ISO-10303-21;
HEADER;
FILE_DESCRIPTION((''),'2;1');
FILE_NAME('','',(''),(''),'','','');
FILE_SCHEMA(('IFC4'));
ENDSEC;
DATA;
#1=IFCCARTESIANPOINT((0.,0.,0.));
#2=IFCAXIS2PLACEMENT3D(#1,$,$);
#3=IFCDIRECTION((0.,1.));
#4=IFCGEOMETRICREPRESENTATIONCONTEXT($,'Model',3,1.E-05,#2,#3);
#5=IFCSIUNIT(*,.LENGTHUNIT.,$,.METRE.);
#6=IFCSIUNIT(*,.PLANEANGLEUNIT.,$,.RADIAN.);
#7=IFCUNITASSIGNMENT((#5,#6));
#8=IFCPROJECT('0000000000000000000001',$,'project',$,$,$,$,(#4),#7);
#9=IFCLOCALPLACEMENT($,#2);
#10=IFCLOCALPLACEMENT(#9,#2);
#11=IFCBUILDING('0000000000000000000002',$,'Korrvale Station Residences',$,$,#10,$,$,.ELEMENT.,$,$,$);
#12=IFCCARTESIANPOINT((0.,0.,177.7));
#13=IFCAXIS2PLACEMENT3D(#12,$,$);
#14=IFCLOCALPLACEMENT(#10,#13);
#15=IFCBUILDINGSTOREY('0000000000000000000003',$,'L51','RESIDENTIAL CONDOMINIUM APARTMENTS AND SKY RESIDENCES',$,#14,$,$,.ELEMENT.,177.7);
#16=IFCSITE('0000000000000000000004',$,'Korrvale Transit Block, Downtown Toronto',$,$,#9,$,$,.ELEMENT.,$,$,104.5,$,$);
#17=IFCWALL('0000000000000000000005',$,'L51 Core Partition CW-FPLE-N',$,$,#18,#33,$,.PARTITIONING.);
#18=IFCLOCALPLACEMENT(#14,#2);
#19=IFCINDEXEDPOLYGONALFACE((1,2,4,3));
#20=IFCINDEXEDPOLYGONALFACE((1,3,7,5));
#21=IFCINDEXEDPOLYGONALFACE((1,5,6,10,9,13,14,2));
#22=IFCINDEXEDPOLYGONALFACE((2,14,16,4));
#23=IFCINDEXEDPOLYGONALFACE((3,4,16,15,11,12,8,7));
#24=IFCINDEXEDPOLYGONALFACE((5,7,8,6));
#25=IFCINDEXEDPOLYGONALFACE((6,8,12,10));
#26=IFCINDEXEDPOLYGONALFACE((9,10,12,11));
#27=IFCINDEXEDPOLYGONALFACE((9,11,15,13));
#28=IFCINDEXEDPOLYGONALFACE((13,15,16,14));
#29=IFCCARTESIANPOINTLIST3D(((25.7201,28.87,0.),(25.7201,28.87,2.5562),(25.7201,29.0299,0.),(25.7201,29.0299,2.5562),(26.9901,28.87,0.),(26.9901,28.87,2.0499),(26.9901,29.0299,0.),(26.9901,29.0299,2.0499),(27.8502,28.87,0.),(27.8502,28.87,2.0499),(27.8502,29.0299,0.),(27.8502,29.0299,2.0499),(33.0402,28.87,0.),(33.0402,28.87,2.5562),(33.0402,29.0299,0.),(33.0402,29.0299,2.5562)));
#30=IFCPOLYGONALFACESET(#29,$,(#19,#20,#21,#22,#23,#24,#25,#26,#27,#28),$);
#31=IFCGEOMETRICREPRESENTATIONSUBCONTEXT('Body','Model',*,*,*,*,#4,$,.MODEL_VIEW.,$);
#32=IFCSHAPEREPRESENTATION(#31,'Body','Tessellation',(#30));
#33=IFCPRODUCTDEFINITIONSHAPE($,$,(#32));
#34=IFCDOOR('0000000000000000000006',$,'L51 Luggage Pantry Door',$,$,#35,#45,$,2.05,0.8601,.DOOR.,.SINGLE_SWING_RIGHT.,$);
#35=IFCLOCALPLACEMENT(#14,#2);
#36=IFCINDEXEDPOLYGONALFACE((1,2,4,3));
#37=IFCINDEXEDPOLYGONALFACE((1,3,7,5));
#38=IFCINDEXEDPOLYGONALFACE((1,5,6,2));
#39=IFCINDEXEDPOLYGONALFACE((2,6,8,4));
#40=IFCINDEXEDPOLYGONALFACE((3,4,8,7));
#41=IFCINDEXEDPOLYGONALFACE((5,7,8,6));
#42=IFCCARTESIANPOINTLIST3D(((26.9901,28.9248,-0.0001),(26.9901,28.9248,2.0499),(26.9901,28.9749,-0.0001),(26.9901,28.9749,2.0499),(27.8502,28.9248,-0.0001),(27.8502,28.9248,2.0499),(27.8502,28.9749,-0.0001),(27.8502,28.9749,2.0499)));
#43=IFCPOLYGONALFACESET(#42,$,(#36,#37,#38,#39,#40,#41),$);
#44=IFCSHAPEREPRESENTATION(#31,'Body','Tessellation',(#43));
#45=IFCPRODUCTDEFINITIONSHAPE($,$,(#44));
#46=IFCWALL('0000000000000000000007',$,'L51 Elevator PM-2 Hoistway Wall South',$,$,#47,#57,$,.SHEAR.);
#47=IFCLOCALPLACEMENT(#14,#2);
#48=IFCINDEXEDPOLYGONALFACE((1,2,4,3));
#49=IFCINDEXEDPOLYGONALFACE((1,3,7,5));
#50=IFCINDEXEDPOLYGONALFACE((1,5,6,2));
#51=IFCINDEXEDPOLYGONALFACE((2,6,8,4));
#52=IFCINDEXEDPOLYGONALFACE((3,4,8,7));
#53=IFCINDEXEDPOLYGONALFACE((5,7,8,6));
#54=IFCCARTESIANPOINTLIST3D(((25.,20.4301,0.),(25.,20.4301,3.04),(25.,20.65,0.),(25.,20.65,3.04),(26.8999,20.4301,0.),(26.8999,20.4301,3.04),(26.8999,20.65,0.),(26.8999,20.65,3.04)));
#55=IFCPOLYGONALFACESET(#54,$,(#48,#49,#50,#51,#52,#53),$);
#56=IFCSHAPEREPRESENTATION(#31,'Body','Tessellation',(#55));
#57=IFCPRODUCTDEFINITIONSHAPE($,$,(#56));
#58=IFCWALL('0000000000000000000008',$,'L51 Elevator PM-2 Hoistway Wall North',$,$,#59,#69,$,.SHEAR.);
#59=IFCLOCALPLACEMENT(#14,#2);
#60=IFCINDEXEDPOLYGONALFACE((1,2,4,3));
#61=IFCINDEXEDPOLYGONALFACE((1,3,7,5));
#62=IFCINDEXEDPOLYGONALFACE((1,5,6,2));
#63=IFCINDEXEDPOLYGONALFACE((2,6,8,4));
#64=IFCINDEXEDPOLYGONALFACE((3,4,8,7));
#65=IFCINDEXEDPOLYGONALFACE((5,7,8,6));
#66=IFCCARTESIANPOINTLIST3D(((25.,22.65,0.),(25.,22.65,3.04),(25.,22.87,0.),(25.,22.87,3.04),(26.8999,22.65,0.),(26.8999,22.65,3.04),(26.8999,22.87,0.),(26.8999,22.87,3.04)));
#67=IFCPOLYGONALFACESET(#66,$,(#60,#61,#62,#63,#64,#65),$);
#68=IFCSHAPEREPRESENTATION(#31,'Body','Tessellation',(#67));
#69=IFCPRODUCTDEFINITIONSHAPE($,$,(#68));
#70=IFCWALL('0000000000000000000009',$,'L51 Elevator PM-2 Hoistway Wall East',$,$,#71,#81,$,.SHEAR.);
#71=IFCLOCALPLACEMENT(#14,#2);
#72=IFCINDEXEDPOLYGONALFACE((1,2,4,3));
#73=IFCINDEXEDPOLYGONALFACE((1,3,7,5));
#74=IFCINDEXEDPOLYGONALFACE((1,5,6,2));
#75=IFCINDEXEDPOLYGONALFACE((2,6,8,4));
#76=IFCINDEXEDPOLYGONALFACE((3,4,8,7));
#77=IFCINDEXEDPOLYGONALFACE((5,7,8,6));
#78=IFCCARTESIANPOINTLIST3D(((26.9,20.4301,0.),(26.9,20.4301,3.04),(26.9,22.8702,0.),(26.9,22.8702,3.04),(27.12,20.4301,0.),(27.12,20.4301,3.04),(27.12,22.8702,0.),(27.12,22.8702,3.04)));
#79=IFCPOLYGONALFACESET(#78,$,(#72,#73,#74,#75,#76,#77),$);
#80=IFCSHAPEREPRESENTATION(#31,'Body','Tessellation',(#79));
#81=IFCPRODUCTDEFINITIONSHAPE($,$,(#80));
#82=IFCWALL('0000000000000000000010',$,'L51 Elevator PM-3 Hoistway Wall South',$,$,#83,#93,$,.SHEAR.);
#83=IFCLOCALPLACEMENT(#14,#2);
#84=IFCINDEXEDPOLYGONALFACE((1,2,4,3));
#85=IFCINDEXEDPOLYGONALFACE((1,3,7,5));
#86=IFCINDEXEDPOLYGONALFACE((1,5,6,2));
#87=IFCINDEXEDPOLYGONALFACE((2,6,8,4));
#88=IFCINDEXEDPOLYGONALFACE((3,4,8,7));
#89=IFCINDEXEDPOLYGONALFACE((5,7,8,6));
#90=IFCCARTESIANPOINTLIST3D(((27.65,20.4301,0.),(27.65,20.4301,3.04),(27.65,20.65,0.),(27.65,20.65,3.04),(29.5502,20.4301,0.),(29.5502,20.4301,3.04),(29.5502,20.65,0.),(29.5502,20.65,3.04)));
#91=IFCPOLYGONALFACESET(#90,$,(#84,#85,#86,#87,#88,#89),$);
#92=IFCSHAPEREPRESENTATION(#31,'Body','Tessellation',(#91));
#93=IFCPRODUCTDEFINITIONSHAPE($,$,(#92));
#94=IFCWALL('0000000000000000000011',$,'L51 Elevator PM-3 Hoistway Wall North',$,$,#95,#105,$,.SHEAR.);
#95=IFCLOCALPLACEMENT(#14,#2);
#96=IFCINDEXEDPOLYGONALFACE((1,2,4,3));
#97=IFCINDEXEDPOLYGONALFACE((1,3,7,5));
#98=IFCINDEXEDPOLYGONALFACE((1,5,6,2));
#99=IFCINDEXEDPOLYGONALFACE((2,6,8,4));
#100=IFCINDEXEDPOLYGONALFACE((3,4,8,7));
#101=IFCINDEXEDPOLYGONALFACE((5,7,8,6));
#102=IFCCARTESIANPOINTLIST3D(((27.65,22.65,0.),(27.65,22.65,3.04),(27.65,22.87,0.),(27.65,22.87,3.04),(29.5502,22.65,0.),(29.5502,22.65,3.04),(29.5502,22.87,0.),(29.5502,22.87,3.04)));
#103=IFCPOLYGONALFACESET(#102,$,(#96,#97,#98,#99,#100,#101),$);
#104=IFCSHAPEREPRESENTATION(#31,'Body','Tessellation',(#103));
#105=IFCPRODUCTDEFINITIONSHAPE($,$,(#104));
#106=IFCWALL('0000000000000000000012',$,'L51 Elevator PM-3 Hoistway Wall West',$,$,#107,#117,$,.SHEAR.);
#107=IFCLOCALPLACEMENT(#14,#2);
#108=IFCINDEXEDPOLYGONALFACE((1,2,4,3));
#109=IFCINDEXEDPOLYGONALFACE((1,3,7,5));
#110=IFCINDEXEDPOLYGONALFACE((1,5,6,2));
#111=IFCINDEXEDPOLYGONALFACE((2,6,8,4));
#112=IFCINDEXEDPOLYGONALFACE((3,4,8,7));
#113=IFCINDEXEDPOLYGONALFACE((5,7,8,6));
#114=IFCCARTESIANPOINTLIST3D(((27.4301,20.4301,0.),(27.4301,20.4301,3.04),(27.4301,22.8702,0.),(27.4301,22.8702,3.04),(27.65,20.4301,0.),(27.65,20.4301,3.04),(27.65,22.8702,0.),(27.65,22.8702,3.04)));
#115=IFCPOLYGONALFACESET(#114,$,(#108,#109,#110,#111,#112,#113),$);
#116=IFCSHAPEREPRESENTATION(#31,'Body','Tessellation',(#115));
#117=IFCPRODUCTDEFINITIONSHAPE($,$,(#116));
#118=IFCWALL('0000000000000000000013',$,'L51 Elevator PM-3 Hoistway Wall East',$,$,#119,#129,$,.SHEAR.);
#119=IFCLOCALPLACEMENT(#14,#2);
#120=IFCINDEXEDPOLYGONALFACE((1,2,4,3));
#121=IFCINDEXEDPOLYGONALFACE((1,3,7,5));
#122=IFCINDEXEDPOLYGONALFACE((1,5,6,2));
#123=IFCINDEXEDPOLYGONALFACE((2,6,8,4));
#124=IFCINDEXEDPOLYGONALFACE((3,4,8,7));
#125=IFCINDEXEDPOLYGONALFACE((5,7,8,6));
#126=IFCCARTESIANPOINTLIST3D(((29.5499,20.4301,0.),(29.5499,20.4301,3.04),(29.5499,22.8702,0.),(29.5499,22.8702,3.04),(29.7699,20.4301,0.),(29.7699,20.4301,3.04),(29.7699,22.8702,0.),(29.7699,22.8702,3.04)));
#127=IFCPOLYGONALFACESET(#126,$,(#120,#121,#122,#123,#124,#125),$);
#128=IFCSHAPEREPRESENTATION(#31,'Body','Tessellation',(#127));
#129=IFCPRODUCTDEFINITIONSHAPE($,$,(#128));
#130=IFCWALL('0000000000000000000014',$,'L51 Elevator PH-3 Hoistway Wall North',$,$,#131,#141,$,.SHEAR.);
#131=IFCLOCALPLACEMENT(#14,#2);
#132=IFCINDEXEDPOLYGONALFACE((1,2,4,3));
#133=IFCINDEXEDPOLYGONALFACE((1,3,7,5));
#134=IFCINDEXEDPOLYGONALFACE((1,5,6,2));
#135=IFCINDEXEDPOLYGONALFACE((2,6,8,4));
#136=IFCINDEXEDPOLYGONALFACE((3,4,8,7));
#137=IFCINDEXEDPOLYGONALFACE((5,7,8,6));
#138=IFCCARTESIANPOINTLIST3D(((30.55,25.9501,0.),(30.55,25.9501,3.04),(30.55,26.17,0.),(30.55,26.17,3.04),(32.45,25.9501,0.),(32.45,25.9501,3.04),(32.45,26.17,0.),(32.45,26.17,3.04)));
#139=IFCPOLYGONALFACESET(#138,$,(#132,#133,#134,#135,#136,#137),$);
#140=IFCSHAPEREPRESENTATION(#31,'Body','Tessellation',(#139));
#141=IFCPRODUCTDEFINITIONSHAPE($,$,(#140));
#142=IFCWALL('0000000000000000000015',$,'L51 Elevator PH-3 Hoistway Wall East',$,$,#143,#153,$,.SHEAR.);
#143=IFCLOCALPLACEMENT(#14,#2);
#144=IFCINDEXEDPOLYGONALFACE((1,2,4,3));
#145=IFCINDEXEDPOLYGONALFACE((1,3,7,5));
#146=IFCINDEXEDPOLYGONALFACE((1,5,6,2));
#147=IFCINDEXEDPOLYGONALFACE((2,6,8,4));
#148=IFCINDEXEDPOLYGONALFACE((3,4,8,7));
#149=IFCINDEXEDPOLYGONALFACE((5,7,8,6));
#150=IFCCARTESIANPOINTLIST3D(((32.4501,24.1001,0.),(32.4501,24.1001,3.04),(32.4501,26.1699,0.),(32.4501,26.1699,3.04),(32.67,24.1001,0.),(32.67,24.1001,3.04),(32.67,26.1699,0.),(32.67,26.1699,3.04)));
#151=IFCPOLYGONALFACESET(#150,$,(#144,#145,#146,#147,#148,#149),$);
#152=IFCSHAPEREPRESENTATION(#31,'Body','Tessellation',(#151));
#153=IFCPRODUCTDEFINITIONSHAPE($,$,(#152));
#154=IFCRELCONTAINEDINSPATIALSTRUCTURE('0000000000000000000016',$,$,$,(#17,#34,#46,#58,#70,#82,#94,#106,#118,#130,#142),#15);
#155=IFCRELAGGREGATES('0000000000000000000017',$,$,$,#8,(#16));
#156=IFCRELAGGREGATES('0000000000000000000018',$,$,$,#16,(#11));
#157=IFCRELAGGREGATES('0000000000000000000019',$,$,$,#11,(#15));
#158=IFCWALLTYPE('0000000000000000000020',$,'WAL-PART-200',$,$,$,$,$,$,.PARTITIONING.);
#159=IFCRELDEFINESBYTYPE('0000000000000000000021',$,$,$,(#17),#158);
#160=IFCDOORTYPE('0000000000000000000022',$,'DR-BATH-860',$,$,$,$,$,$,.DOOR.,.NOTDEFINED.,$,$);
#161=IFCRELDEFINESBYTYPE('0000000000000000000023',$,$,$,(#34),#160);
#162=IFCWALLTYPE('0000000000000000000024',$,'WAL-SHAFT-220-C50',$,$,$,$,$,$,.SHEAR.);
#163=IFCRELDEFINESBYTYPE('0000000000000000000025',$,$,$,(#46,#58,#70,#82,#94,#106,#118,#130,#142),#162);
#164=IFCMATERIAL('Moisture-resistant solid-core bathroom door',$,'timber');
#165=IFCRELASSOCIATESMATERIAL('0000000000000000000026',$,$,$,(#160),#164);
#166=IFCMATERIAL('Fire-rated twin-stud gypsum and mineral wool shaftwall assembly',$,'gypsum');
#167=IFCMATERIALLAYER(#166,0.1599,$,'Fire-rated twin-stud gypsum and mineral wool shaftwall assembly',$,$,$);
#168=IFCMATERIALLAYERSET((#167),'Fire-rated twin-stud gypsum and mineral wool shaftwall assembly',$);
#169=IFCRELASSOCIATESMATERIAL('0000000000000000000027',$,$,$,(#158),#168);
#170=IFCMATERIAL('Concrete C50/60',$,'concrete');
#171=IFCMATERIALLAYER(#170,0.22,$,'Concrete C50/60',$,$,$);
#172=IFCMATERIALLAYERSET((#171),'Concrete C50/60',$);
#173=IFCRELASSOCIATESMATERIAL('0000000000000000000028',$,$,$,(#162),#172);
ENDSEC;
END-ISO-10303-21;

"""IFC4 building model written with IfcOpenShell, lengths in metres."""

from ifc_helpers import new_model, si_unit, direction, frame, frame_2d, origin, place, context, subcontext, project, spatial, rectangle, extrude, material, layer, layer_set, type_object, element, fill, save


model = new_model("IFC4")

# Units and contexts
model_context = context("Model", 3, precision=1e-05, world=origin(), true_north=direction((0.0, 1.0)))
body_context = subcontext(model_context, "Body", "Model", "MODEL_VIEW")
ifc_project = project(units=[si_unit("LENGTHUNIT", "METRE"), si_unit("PLANEANGLEUNIT", "RADIAN")], contexts=[model_context])

# Site, building, storey
site_placement = place(None, origin())
site = spatial("IfcSite", under=ifc_project, at=site_placement, Name="Korrvale Transit Block, Downtown Toronto", CompositionType="ELEMENT", RefElevation=104.5)
building_placement = place(site_placement, origin())
building = spatial("IfcBuilding", under=site, at=building_placement, Name="Korrvale Station Residences", CompositionType="ELEMENT")
storey_placement = place(building_placement, frame((0.0, 0.0, 177.7)))
storey = spatial("IfcBuildingStorey", under=building, at=storey_placement, Name="L51", Description="RESIDENTIAL CONDOMINIUM APARTMENTS AND SKY RESIDENCES", CompositionType="ELEMENT", Elevation=177.7)

# Shared definitions
ifc_material_1 = material(Name="Concrete C50/60", Category="concrete")

# Shared definitions
ifc_material_2 = material(Name="Moisture-resistant solid-core bathroom door", Category="timber")
door_type_1 = type_object("IfcDoorType", Name="DR-BATH-860", OperationType="NOTDEFINED", PredefinedType="DOOR", material=ifc_material_2)

# Wall, opening, door
ifc_material_3 = material(Name="Fire-rated twin-stud gypsum and mineral wool shaftwall assembly", Category="gypsum")
ifc_layer_1 = layer(ifc_material_3, 0.1599, Name="Fire-rated twin-stud gypsum and mineral wool shaftwall assembly")
ifc_layer_set_1 = layer_set([ifc_layer_1], Name="Fire-rated twin-stud gypsum and mineral wool shaftwall assembly")
wall_type_1 = type_object("IfcWallType", Name="WAL-PART-200", PredefinedType="PARTITIONING", material=ifc_layer_set_1)
wall_1_placement = place(storey_placement, frame((25.72, 28.95, 0.0), z_axis=(0.0, 0.0, 1.0), x_axis=(1.0, 0.0, 0.0)))
wall_1 = element("IfcWall", 1, at=wall_1_placement, inside=storey, type_object=wall_type_1, Name="L51 Core Partition CW-FPLE-N", PredefinedType="PARTITIONING", context=body_context, shape_type="SweptSolid", body=[
    extrude(rectangle(XDim=7.3201, YDim=0.1599, at=frame_2d((3.6602, 0.0))), origin(), (0.0, 0.0, 1.0), 2.5562),
])
opening_1_placement = place(wall_1_placement, frame((1.27, 0.0, 0.0)))
opening_1 = element("IfcOpeningElement", 2, at=opening_1_placement, cuts=wall_1, PredefinedType="OPENING", context=body_context, shape_type="SweptSolid", body=[
    extrude(rectangle(XDim=0.8601, YDim=2.05, at=frame_2d((0.4302, 1.0249))), frame((0.0, 0.0898, 0.0), z_axis=(0.0, -1.0, 0.0), x_axis=(1.0, 0.0, 0.0)), (0.0, 0.0, 1.0), 0.1799),
])
door_1_placement = place(opening_1_placement, origin())
door_1 = element("IfcDoor", 3, at=door_1_placement, inside=storey, type_object=door_type_1, Name="L51 Luggage Pantry Door", OperationType="SINGLE_SWING_RIGHT", OverallHeight=2.05, OverallWidth=0.8601, PredefinedType="DOOR", context=body_context, shape_type="SweptSolid", body=[
    extrude(rectangle(XDim=0.8601, YDim=2.05, at=frame_2d((0.4302, 1.0249))), frame((0.0, 0.0249, 0.0), z_axis=(0.0, -1.0, 0.0), x_axis=(1.0, 0.0, 0.0)), (0.0, 0.0, 1.0), 0.05),
])
fill(opening_1, door_1)

# Walls
ifc_layer_2 = layer(ifc_material_1, 0.22, Name="Concrete C50/60")
ifc_layer_set_2 = layer_set([ifc_layer_2], Name="Concrete C50/60")
wall_type_2 = type_object("IfcWallType", Name="WAL-SHAFT-220-C50", PredefinedType="SHEAR", material=ifc_layer_set_2)
for number, where, z_axis, x_axis, name in (
    (4, (25.0, 20.54, 0.0), (0.0, 0.0, 1.0), (1.0, 0.0, 0.0), "L51 Elevator PM-2 Hoistway Wall South"),
    (5, (25.0, 22.76, 0.0), (0.0, 0.0, 1.0), (1.0, 0.0, 0.0), "L51 Elevator PM-2 Hoistway Wall North"),
):
    element("IfcWall", number, at=place(storey_placement, frame(where, z_axis=z_axis, x_axis=x_axis)), inside=storey, type_object=wall_type_2, Name=name, PredefinedType="SHEAR", context=body_context, shape_type="SweptSolid", body=[
        extrude(rectangle(XDim=1.8999, YDim=0.22, at=frame_2d((0.95, 0.0))), origin(), (0.0, 0.0, 1.0), 3.04),
    ])
wall_2_placement = place(storey_placement, frame((27.01, 20.4299, 0.0), z_axis=(0.0, 0.0, 1.0), x_axis=(0.0, 1.0, 0.0)))
element("IfcWall", 6, at=wall_2_placement, inside=storey, type_object=wall_type_2, Name="L51 Elevator PM-2 Hoistway Wall East", PredefinedType="SHEAR", context=body_context, shape_type="SweptSolid", body=[
    extrude(rectangle(XDim=2.4402, YDim=0.22, at=frame_2d((1.2202, 0.0))), origin(), (0.0, 0.0, 1.0), 3.04),
])
for number, where, z_axis, x_axis, name in (
    (7, (27.6499, 20.54, 0.0), (0.0, 0.0, 1.0), (1.0, 0.0, 0.0), "L51 Elevator PM-3 Hoistway Wall South"),
    (8, (27.6499, 22.76, 0.0), (0.0, 0.0, 1.0), (1.0, 0.0, 0.0), "L51 Elevator PM-3 Hoistway Wall North"),
):
    element("IfcWall", number, at=place(storey_placement, frame(where, z_axis=z_axis, x_axis=x_axis)), inside=storey, type_object=wall_type_2, Name=name, PredefinedType="SHEAR", context=body_context, shape_type="SweptSolid", body=[
        extrude(rectangle(XDim=1.9001, YDim=0.22, at=frame_2d((0.9502, 0.0))), origin(), (0.0, 0.0, 1.0), 3.04),
    ])
for number, where, z_axis, x_axis, name in (
    (9, (27.54, 20.4299, 0.0), (0.0, 0.0, 1.0), (0.0, 1.0, 0.0), "L51 Elevator PM-3 Hoistway Wall West"),
    (10, (29.6599, 20.4299, 0.0), (0.0, 0.0, 1.0), (0.0, 1.0, 0.0), "L51 Elevator PM-3 Hoistway Wall East"),
):
    element("IfcWall", number, at=place(storey_placement, frame(where, z_axis=z_axis, x_axis=x_axis)), inside=storey, type_object=wall_type_2, Name=name, PredefinedType="SHEAR", context=body_context, shape_type="SweptSolid", body=[
        extrude(rectangle(XDim=2.4402, YDim=0.22, at=frame_2d((1.2202, 0.0))), origin(), (0.0, 0.0, 1.0), 3.04),
    ])
wall_3_placement = place(storey_placement, frame((30.55, 26.0601, 0.0), z_axis=(0.0, 0.0, 1.0), x_axis=(1.0, 0.0, 0.0)))
element("IfcWall", 11, at=wall_3_placement, inside=storey, type_object=wall_type_2, Name="L51 Elevator PH-3 Hoistway Wall North", PredefinedType="SHEAR", context=body_context, shape_type="SweptSolid", body=[
    extrude(rectangle(XDim=1.8999, YDim=0.22, at=frame_2d((0.95, 0.0))), origin(), (0.0, 0.0, 1.0), 3.04),
])

# Wall
wall_4_placement = place(storey_placement, frame((32.5601, 24.1001, 0.0), z_axis=(0.0, 0.0, 1.0), x_axis=(0.0, 1.0, 0.0)))
element("IfcWall", 12, at=wall_4_placement, inside=storey, type_object=wall_type_2, Name="L51 Elevator PH-3 Hoistway Wall East", PredefinedType="SHEAR", context=body_context, shape_type="SweptSolid", body=[
    extrude(rectangle(XDim=2.0698, YDim=0.22, at=frame_2d((1.0349, 0.0))), origin(), (0.0, 0.0, 1.0), 3.04),
])

save(model, "model.ifc")
